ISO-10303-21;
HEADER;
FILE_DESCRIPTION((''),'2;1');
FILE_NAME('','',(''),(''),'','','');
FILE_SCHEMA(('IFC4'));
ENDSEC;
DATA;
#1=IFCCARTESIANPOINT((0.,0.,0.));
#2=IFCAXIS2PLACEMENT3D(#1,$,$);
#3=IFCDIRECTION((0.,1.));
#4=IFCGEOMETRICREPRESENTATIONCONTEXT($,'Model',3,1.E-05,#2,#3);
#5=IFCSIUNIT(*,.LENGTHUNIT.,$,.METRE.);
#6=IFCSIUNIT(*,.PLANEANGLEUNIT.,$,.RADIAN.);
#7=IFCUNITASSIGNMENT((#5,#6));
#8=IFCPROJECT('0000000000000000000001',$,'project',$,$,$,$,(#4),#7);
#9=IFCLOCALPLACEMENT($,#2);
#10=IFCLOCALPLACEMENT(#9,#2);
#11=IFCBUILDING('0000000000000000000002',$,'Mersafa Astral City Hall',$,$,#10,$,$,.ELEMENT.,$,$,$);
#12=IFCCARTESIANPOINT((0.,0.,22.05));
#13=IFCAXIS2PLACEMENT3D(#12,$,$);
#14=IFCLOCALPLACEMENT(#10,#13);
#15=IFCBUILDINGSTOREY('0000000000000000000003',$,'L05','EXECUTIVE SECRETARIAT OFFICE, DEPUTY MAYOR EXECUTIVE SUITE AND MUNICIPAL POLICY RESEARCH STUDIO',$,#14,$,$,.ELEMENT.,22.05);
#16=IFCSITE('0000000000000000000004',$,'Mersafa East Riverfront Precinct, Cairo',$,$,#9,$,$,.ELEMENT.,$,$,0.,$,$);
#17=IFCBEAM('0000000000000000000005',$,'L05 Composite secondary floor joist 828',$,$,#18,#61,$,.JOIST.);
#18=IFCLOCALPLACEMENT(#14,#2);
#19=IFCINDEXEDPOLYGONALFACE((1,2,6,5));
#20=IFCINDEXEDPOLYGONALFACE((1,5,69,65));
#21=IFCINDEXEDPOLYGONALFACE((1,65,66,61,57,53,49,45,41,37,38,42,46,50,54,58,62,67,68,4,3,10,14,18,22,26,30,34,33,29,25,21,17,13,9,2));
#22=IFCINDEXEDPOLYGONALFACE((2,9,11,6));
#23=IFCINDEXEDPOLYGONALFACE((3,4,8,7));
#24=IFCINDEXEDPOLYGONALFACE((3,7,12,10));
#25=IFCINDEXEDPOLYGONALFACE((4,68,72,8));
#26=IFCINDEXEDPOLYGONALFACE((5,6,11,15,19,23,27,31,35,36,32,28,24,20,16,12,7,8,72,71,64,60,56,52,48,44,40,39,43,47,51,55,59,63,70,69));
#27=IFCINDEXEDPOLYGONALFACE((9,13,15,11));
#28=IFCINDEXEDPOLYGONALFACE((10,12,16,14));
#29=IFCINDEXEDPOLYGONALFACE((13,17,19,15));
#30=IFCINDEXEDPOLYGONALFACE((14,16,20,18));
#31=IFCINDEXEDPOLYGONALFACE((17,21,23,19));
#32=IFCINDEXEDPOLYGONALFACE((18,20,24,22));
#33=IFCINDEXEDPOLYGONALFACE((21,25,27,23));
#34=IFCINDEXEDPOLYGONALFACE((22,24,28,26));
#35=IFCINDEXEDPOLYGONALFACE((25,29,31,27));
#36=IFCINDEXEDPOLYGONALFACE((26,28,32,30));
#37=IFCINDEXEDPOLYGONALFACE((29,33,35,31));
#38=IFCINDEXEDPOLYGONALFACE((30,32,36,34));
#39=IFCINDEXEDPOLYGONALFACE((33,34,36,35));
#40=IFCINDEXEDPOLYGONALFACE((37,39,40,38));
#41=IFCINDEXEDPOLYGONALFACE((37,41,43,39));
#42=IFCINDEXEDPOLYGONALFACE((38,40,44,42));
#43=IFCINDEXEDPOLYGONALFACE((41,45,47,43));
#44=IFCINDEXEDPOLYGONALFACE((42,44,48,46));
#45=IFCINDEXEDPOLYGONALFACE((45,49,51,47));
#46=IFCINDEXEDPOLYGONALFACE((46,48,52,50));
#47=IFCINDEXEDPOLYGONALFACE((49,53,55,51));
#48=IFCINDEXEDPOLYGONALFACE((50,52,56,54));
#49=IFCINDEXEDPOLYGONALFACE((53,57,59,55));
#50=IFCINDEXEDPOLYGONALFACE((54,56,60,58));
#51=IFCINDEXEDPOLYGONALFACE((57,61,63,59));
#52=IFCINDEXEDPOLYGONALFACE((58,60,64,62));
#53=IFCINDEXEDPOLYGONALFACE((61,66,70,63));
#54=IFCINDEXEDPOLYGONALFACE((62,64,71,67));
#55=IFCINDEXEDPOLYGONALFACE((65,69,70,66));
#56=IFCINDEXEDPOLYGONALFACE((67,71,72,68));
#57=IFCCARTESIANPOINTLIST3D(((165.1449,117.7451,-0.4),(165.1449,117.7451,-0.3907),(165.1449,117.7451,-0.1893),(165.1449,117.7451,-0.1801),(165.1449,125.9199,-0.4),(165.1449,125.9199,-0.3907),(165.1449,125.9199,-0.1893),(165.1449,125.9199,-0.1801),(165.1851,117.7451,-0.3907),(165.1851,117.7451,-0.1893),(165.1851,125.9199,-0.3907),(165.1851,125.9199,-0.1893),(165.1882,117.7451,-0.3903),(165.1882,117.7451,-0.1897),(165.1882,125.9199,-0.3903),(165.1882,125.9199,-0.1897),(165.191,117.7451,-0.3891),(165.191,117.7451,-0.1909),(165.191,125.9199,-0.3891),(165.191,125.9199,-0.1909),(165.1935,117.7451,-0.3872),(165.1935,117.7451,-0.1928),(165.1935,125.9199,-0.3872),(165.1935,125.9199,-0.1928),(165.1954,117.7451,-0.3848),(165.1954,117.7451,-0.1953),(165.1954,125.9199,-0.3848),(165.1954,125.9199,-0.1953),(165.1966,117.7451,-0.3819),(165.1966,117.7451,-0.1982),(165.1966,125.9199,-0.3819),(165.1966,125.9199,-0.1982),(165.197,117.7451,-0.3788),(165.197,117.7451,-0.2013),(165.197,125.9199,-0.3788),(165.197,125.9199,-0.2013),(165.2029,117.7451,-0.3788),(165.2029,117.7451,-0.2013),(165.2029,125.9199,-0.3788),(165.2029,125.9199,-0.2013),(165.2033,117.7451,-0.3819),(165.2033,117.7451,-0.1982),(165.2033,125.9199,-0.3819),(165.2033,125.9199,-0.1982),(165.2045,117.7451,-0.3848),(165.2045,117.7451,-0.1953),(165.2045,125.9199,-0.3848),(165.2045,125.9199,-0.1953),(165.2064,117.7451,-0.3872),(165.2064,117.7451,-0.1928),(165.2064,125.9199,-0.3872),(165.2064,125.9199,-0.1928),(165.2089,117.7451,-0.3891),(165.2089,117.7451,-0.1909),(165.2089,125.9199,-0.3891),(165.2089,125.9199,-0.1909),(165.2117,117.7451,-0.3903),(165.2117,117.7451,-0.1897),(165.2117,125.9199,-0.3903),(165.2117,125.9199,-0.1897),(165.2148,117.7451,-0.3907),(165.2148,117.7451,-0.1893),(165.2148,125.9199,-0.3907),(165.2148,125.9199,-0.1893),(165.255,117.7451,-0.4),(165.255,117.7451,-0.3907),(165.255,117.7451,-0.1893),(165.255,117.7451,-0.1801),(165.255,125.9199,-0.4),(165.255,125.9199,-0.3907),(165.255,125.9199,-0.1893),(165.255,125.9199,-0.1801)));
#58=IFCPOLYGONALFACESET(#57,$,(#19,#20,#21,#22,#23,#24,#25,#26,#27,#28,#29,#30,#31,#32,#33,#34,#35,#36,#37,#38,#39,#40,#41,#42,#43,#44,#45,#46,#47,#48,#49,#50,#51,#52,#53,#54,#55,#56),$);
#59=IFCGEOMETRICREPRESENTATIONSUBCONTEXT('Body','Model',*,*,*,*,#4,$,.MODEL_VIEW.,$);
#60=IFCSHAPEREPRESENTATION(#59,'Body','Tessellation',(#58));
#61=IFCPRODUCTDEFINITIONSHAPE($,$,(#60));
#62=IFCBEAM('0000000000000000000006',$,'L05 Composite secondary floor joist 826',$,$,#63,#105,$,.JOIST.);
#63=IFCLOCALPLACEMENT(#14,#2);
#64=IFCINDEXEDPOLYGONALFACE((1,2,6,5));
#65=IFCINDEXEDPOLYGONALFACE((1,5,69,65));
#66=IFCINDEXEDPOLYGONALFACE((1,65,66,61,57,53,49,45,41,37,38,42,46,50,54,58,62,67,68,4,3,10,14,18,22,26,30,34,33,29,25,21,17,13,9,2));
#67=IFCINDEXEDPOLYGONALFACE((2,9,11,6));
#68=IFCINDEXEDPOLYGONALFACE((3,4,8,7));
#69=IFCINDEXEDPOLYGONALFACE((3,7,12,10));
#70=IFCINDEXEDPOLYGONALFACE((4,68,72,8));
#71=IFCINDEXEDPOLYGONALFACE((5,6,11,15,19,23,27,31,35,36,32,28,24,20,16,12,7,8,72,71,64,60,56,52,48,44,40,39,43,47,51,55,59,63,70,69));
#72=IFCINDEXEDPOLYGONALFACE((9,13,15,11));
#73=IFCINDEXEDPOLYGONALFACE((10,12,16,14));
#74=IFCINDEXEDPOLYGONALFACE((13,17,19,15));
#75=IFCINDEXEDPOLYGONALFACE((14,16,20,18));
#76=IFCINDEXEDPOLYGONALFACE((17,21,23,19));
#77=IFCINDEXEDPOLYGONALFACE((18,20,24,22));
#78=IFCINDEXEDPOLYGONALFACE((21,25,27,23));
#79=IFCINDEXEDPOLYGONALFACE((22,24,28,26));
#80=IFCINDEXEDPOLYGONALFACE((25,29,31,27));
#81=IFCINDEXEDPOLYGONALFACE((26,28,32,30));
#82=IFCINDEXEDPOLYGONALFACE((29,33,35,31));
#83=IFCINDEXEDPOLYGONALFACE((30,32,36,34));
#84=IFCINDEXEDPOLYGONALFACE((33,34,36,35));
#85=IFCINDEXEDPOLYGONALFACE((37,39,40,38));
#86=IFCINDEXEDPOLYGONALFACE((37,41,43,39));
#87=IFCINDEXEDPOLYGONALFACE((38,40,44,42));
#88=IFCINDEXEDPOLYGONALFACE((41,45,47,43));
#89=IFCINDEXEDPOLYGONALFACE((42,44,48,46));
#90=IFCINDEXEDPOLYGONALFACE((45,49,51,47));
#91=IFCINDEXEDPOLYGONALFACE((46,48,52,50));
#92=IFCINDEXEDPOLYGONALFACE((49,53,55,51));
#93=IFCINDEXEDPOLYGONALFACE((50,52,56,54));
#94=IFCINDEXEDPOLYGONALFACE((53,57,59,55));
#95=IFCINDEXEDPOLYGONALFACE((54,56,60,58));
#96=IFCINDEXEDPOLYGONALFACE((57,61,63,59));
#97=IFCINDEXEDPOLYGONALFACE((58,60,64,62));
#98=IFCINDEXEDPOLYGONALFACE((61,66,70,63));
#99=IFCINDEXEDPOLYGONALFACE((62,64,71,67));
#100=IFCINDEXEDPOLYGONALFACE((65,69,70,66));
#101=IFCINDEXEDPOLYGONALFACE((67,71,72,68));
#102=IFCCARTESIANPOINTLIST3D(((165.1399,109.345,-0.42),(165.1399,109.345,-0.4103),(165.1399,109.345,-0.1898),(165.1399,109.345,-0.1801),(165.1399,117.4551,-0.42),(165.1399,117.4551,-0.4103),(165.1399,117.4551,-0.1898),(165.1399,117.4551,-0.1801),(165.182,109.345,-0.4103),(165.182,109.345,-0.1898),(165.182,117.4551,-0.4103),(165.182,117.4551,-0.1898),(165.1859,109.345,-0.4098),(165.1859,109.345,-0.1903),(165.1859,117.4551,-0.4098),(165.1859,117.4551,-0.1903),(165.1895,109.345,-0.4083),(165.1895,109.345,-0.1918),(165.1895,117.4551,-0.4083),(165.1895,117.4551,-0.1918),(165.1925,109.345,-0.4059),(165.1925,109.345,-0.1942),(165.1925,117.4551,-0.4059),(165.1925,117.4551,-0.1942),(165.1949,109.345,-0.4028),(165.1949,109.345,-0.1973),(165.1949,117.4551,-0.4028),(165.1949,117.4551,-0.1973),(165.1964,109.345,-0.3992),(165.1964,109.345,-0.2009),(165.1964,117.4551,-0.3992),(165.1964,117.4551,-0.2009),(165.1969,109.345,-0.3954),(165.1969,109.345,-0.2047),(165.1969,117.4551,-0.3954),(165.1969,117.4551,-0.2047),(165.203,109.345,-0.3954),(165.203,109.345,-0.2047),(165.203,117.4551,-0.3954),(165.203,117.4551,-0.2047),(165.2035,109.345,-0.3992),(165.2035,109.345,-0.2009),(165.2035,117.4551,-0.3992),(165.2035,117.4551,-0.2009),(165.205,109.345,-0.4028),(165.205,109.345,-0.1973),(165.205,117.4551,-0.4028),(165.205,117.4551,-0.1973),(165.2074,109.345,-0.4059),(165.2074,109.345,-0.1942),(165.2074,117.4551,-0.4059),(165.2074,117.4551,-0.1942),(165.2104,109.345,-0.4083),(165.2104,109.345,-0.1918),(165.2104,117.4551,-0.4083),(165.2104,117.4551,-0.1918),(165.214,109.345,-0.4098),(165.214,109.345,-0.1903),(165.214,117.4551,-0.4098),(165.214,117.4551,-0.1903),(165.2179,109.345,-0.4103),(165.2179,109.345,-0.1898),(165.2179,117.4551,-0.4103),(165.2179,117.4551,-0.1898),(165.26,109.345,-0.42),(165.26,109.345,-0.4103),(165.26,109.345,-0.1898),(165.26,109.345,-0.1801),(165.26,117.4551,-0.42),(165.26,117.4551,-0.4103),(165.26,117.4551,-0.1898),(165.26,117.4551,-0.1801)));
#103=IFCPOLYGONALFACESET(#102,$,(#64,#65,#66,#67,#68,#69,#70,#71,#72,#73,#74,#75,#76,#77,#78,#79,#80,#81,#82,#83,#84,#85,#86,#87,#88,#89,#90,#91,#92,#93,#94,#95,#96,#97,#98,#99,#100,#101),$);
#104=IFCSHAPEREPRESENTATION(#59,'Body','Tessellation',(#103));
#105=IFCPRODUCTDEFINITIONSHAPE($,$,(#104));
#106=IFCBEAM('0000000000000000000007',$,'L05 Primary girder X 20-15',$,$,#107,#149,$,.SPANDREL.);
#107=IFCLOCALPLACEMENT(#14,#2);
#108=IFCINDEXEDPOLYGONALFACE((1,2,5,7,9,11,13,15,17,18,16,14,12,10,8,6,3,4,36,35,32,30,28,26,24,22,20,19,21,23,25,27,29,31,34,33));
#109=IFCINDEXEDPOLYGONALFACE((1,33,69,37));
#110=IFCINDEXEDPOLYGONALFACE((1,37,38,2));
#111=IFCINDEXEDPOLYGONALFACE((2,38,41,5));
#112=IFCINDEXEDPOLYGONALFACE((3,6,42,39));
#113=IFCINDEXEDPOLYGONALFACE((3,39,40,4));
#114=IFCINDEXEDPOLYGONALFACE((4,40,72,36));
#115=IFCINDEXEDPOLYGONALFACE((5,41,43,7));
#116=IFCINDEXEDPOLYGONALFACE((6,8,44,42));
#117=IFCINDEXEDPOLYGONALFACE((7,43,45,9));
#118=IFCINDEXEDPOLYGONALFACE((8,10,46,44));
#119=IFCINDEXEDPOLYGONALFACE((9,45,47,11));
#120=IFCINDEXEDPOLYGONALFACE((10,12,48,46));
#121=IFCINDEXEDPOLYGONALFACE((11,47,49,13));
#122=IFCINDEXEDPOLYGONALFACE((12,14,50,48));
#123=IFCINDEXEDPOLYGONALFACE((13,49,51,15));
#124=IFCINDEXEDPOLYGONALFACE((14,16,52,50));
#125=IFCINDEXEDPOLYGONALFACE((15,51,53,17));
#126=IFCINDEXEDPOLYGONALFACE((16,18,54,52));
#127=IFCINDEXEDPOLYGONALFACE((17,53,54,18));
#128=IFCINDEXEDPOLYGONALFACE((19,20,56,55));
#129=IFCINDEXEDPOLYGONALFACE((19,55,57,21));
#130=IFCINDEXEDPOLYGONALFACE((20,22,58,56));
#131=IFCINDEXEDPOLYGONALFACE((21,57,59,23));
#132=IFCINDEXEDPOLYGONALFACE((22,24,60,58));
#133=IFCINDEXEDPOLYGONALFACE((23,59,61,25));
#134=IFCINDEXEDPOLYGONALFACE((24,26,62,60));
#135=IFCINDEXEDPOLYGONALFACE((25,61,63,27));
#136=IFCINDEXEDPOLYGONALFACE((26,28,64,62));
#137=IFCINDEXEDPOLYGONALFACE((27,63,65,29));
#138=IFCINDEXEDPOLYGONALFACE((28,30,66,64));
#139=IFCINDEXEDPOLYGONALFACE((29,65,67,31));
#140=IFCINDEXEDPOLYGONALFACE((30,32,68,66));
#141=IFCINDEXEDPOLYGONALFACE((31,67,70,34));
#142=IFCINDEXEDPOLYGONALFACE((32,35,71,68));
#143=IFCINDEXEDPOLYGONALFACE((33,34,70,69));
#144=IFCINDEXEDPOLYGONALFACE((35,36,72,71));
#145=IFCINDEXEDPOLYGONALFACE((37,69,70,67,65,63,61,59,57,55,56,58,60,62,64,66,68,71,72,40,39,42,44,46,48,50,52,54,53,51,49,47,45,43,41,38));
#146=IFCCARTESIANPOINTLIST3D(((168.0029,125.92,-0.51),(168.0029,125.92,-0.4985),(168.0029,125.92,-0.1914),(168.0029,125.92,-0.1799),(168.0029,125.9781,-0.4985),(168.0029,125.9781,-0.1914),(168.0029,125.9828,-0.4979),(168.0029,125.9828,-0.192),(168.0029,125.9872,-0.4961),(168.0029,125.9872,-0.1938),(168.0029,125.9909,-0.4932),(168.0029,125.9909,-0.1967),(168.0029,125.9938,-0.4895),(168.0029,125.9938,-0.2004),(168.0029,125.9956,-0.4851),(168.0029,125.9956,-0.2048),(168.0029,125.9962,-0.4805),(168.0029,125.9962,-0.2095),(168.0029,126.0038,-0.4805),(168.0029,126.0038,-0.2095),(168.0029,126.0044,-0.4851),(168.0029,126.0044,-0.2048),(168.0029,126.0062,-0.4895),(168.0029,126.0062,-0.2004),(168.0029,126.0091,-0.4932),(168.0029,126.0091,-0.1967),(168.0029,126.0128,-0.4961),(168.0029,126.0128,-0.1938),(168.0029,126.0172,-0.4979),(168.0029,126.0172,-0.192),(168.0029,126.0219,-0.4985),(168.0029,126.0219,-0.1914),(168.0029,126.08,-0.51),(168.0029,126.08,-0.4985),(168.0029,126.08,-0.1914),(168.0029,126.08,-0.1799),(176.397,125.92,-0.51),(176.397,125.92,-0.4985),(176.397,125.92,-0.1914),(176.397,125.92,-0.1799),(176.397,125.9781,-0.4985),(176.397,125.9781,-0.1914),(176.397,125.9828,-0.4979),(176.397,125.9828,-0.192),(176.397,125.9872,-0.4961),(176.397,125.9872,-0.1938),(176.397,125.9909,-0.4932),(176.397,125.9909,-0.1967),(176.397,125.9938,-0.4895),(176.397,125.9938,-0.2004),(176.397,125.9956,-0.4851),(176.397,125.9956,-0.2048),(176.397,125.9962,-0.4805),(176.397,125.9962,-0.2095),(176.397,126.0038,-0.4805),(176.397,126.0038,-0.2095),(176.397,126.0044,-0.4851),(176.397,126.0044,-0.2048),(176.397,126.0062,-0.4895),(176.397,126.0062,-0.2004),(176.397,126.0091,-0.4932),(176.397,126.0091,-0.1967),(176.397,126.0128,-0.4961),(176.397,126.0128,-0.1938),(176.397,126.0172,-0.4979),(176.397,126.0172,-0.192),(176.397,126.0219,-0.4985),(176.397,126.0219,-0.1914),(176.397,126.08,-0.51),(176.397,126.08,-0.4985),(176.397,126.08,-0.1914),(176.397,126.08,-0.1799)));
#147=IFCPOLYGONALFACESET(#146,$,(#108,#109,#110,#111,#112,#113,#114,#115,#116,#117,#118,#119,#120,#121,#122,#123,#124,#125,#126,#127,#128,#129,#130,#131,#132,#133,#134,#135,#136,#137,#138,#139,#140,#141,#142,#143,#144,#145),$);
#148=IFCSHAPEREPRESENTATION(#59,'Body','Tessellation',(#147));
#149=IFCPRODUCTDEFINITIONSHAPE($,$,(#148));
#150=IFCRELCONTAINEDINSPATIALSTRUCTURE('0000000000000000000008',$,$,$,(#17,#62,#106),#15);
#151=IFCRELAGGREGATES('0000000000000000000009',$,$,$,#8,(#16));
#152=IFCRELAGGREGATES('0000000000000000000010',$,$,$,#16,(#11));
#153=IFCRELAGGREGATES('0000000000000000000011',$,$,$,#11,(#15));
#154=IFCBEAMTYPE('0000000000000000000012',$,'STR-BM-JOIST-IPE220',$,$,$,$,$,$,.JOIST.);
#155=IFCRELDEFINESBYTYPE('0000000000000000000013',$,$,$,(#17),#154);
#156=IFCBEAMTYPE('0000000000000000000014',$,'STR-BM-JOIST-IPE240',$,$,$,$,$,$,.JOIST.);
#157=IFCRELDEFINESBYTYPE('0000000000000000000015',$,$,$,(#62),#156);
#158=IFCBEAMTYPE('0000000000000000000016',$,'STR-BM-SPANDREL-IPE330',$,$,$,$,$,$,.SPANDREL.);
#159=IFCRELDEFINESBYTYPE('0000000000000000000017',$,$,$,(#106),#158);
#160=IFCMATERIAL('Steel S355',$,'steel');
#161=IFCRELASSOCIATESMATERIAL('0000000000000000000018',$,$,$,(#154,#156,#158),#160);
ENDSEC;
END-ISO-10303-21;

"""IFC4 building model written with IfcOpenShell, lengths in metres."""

from ifc_helpers import new_model, si_unit, direction, frame, origin, origin_2d, place, context, subcontext, project, spatial, i_section, extrude, material, material_profile, profile_set, type_object, element, save


model = new_model("IFC4")

# Units and contexts
model_context = context("Model", 3, precision=1e-05, world=origin(), true_north=direction((0.0, 1.0)))
body_context = subcontext(model_context, "Body", "Model", "MODEL_VIEW")
ifc_project = project(units=[si_unit("LENGTHUNIT", "METRE"), si_unit("PLANEANGLEUNIT", "RADIAN")], contexts=[model_context])

# Site, building, storey
site_placement = place(None, origin())
site = spatial("IfcSite", under=ifc_project, at=site_placement, Name="Mersafa East Riverfront Precinct, Cairo", CompositionType="ELEMENT", RefElevation=0.0)
building_placement = place(site_placement, origin())
building = spatial("IfcBuilding", under=site, at=building_placement, Name="Mersafa Astral City Hall", CompositionType="ELEMENT")
storey_placement = place(building_placement, frame((0.0, 0.0, 22.05)))
storey = spatial("IfcBuildingStorey", under=building, at=storey_placement, Name="L05", Description="EXECUTIVE SECRETARIAT OFFICE, DEPUTY MAYOR EXECUTIVE SUITE AND MUNICIPAL POLICY RESEARCH STUDIO", CompositionType="ELEMENT", Elevation=22.05)

# Shared definitions
ifc_material_1 = material(Name="Steel S355", Category="steel")

# Beams
ifc_material_profile_1 = material_profile(ifc_material_1, i_section(OverallWidth=0.1101, OverallDepth=0.22, WebThickness=0.0059, FlangeThickness=0.0093, FilletRadius=0.012, at=origin_2d()), Name="IPE 220")
ifc_profile_set_1 = profile_set([ifc_material_profile_1], Name="Steel S355")
beam_type_1 = type_object("IfcBeamType", Name="STR-BM-JOIST-IPE220", PredefinedType="JOIST", material=ifc_profile_set_1)
beam_1_placement = place(storey_placement, frame((165.2, 117.7451, -0.29), z_axis=(0.0, 1.0, 0.0), x_axis=(-1.0, 0.0, 0.0)))
element("IfcBeam", 1, at=beam_1_placement, inside=storey, type_object=beam_type_1, Name="L05 Composite secondary floor joist 828", PredefinedType="JOIST", context=body_context, shape_type="SweptSolid", body=[
    extrude(i_section(OverallWidth=0.1101, OverallDepth=0.22, WebThickness=0.0059, FlangeThickness=0.0093, FilletRadius=0.012, at=origin_2d()), origin(), (0.0, 0.0, 1.0), 8.1748),
])
ifc_material_profile_2 = material_profile(ifc_material_1, i_section(OverallWidth=0.1201, OverallDepth=0.24, WebThickness=0.0061, FlangeThickness=0.0098, FilletRadius=0.0149, at=origin_2d()), Name="IPE 240")
ifc_profile_set_2 = profile_set([ifc_material_profile_2], Name="Steel S355")
beam_type_2 = type_object("IfcBeamType", Name="STR-BM-JOIST-IPE240", PredefinedType="JOIST", material=ifc_profile_set_2)
beam_2_placement = place(storey_placement, frame((165.2, 109.345, -0.3), z_axis=(0.0, 1.0, 0.0), x_axis=(-1.0, 0.0, 0.0)))
element("IfcBeam", 2, at=beam_2_placement, inside=storey, type_object=beam_type_2, Name="L05 Composite secondary floor joist 826", PredefinedType="JOIST", context=body_context, shape_type="SweptSolid", body=[
    extrude(i_section(OverallWidth=0.1201, OverallDepth=0.24, WebThickness=0.0061, FlangeThickness=0.0098, FilletRadius=0.0149, at=origin_2d()), origin(), (0.0, 0.0, 1.0), 8.1101),
])
ifc_material_profile_3 = material_profile(ifc_material_1, i_section(OverallWidth=0.1599, OverallDepth=0.3301, WebThickness=0.0076, FlangeThickness=0.0115, FilletRadius=0.0181, at=origin_2d()), Name="IPE 330")
ifc_profile_set_3 = profile_set([ifc_material_profile_3], Name="Steel S355")
beam_type_3 = type_object("IfcBeamType", Name="STR-BM-SPANDREL-IPE330", PredefinedType="SPANDREL", material=ifc_profile_set_3)
beam_3_placement = place(storey_placement, frame((168.0029, 126.0, -0.345), z_axis=(1.0, 0.0, 0.0), x_axis=(0.0, 1.0, 0.0)))
element("IfcBeam", 3, at=beam_3_placement, inside=storey, type_object=beam_type_3, Name="L05 Primary girder X 20-15", PredefinedType="SPANDREL", context=body_context, shape_type="SweptSolid", body=[
    extrude(i_section(OverallWidth=0.1599, OverallDepth=0.3301, WebThickness=0.0076, FlangeThickness=0.0115, FilletRadius=0.0181, at=origin_2d()), origin(), (0.0, 0.0, 1.0), 8.394),
])

save(model, "model.ifc")
